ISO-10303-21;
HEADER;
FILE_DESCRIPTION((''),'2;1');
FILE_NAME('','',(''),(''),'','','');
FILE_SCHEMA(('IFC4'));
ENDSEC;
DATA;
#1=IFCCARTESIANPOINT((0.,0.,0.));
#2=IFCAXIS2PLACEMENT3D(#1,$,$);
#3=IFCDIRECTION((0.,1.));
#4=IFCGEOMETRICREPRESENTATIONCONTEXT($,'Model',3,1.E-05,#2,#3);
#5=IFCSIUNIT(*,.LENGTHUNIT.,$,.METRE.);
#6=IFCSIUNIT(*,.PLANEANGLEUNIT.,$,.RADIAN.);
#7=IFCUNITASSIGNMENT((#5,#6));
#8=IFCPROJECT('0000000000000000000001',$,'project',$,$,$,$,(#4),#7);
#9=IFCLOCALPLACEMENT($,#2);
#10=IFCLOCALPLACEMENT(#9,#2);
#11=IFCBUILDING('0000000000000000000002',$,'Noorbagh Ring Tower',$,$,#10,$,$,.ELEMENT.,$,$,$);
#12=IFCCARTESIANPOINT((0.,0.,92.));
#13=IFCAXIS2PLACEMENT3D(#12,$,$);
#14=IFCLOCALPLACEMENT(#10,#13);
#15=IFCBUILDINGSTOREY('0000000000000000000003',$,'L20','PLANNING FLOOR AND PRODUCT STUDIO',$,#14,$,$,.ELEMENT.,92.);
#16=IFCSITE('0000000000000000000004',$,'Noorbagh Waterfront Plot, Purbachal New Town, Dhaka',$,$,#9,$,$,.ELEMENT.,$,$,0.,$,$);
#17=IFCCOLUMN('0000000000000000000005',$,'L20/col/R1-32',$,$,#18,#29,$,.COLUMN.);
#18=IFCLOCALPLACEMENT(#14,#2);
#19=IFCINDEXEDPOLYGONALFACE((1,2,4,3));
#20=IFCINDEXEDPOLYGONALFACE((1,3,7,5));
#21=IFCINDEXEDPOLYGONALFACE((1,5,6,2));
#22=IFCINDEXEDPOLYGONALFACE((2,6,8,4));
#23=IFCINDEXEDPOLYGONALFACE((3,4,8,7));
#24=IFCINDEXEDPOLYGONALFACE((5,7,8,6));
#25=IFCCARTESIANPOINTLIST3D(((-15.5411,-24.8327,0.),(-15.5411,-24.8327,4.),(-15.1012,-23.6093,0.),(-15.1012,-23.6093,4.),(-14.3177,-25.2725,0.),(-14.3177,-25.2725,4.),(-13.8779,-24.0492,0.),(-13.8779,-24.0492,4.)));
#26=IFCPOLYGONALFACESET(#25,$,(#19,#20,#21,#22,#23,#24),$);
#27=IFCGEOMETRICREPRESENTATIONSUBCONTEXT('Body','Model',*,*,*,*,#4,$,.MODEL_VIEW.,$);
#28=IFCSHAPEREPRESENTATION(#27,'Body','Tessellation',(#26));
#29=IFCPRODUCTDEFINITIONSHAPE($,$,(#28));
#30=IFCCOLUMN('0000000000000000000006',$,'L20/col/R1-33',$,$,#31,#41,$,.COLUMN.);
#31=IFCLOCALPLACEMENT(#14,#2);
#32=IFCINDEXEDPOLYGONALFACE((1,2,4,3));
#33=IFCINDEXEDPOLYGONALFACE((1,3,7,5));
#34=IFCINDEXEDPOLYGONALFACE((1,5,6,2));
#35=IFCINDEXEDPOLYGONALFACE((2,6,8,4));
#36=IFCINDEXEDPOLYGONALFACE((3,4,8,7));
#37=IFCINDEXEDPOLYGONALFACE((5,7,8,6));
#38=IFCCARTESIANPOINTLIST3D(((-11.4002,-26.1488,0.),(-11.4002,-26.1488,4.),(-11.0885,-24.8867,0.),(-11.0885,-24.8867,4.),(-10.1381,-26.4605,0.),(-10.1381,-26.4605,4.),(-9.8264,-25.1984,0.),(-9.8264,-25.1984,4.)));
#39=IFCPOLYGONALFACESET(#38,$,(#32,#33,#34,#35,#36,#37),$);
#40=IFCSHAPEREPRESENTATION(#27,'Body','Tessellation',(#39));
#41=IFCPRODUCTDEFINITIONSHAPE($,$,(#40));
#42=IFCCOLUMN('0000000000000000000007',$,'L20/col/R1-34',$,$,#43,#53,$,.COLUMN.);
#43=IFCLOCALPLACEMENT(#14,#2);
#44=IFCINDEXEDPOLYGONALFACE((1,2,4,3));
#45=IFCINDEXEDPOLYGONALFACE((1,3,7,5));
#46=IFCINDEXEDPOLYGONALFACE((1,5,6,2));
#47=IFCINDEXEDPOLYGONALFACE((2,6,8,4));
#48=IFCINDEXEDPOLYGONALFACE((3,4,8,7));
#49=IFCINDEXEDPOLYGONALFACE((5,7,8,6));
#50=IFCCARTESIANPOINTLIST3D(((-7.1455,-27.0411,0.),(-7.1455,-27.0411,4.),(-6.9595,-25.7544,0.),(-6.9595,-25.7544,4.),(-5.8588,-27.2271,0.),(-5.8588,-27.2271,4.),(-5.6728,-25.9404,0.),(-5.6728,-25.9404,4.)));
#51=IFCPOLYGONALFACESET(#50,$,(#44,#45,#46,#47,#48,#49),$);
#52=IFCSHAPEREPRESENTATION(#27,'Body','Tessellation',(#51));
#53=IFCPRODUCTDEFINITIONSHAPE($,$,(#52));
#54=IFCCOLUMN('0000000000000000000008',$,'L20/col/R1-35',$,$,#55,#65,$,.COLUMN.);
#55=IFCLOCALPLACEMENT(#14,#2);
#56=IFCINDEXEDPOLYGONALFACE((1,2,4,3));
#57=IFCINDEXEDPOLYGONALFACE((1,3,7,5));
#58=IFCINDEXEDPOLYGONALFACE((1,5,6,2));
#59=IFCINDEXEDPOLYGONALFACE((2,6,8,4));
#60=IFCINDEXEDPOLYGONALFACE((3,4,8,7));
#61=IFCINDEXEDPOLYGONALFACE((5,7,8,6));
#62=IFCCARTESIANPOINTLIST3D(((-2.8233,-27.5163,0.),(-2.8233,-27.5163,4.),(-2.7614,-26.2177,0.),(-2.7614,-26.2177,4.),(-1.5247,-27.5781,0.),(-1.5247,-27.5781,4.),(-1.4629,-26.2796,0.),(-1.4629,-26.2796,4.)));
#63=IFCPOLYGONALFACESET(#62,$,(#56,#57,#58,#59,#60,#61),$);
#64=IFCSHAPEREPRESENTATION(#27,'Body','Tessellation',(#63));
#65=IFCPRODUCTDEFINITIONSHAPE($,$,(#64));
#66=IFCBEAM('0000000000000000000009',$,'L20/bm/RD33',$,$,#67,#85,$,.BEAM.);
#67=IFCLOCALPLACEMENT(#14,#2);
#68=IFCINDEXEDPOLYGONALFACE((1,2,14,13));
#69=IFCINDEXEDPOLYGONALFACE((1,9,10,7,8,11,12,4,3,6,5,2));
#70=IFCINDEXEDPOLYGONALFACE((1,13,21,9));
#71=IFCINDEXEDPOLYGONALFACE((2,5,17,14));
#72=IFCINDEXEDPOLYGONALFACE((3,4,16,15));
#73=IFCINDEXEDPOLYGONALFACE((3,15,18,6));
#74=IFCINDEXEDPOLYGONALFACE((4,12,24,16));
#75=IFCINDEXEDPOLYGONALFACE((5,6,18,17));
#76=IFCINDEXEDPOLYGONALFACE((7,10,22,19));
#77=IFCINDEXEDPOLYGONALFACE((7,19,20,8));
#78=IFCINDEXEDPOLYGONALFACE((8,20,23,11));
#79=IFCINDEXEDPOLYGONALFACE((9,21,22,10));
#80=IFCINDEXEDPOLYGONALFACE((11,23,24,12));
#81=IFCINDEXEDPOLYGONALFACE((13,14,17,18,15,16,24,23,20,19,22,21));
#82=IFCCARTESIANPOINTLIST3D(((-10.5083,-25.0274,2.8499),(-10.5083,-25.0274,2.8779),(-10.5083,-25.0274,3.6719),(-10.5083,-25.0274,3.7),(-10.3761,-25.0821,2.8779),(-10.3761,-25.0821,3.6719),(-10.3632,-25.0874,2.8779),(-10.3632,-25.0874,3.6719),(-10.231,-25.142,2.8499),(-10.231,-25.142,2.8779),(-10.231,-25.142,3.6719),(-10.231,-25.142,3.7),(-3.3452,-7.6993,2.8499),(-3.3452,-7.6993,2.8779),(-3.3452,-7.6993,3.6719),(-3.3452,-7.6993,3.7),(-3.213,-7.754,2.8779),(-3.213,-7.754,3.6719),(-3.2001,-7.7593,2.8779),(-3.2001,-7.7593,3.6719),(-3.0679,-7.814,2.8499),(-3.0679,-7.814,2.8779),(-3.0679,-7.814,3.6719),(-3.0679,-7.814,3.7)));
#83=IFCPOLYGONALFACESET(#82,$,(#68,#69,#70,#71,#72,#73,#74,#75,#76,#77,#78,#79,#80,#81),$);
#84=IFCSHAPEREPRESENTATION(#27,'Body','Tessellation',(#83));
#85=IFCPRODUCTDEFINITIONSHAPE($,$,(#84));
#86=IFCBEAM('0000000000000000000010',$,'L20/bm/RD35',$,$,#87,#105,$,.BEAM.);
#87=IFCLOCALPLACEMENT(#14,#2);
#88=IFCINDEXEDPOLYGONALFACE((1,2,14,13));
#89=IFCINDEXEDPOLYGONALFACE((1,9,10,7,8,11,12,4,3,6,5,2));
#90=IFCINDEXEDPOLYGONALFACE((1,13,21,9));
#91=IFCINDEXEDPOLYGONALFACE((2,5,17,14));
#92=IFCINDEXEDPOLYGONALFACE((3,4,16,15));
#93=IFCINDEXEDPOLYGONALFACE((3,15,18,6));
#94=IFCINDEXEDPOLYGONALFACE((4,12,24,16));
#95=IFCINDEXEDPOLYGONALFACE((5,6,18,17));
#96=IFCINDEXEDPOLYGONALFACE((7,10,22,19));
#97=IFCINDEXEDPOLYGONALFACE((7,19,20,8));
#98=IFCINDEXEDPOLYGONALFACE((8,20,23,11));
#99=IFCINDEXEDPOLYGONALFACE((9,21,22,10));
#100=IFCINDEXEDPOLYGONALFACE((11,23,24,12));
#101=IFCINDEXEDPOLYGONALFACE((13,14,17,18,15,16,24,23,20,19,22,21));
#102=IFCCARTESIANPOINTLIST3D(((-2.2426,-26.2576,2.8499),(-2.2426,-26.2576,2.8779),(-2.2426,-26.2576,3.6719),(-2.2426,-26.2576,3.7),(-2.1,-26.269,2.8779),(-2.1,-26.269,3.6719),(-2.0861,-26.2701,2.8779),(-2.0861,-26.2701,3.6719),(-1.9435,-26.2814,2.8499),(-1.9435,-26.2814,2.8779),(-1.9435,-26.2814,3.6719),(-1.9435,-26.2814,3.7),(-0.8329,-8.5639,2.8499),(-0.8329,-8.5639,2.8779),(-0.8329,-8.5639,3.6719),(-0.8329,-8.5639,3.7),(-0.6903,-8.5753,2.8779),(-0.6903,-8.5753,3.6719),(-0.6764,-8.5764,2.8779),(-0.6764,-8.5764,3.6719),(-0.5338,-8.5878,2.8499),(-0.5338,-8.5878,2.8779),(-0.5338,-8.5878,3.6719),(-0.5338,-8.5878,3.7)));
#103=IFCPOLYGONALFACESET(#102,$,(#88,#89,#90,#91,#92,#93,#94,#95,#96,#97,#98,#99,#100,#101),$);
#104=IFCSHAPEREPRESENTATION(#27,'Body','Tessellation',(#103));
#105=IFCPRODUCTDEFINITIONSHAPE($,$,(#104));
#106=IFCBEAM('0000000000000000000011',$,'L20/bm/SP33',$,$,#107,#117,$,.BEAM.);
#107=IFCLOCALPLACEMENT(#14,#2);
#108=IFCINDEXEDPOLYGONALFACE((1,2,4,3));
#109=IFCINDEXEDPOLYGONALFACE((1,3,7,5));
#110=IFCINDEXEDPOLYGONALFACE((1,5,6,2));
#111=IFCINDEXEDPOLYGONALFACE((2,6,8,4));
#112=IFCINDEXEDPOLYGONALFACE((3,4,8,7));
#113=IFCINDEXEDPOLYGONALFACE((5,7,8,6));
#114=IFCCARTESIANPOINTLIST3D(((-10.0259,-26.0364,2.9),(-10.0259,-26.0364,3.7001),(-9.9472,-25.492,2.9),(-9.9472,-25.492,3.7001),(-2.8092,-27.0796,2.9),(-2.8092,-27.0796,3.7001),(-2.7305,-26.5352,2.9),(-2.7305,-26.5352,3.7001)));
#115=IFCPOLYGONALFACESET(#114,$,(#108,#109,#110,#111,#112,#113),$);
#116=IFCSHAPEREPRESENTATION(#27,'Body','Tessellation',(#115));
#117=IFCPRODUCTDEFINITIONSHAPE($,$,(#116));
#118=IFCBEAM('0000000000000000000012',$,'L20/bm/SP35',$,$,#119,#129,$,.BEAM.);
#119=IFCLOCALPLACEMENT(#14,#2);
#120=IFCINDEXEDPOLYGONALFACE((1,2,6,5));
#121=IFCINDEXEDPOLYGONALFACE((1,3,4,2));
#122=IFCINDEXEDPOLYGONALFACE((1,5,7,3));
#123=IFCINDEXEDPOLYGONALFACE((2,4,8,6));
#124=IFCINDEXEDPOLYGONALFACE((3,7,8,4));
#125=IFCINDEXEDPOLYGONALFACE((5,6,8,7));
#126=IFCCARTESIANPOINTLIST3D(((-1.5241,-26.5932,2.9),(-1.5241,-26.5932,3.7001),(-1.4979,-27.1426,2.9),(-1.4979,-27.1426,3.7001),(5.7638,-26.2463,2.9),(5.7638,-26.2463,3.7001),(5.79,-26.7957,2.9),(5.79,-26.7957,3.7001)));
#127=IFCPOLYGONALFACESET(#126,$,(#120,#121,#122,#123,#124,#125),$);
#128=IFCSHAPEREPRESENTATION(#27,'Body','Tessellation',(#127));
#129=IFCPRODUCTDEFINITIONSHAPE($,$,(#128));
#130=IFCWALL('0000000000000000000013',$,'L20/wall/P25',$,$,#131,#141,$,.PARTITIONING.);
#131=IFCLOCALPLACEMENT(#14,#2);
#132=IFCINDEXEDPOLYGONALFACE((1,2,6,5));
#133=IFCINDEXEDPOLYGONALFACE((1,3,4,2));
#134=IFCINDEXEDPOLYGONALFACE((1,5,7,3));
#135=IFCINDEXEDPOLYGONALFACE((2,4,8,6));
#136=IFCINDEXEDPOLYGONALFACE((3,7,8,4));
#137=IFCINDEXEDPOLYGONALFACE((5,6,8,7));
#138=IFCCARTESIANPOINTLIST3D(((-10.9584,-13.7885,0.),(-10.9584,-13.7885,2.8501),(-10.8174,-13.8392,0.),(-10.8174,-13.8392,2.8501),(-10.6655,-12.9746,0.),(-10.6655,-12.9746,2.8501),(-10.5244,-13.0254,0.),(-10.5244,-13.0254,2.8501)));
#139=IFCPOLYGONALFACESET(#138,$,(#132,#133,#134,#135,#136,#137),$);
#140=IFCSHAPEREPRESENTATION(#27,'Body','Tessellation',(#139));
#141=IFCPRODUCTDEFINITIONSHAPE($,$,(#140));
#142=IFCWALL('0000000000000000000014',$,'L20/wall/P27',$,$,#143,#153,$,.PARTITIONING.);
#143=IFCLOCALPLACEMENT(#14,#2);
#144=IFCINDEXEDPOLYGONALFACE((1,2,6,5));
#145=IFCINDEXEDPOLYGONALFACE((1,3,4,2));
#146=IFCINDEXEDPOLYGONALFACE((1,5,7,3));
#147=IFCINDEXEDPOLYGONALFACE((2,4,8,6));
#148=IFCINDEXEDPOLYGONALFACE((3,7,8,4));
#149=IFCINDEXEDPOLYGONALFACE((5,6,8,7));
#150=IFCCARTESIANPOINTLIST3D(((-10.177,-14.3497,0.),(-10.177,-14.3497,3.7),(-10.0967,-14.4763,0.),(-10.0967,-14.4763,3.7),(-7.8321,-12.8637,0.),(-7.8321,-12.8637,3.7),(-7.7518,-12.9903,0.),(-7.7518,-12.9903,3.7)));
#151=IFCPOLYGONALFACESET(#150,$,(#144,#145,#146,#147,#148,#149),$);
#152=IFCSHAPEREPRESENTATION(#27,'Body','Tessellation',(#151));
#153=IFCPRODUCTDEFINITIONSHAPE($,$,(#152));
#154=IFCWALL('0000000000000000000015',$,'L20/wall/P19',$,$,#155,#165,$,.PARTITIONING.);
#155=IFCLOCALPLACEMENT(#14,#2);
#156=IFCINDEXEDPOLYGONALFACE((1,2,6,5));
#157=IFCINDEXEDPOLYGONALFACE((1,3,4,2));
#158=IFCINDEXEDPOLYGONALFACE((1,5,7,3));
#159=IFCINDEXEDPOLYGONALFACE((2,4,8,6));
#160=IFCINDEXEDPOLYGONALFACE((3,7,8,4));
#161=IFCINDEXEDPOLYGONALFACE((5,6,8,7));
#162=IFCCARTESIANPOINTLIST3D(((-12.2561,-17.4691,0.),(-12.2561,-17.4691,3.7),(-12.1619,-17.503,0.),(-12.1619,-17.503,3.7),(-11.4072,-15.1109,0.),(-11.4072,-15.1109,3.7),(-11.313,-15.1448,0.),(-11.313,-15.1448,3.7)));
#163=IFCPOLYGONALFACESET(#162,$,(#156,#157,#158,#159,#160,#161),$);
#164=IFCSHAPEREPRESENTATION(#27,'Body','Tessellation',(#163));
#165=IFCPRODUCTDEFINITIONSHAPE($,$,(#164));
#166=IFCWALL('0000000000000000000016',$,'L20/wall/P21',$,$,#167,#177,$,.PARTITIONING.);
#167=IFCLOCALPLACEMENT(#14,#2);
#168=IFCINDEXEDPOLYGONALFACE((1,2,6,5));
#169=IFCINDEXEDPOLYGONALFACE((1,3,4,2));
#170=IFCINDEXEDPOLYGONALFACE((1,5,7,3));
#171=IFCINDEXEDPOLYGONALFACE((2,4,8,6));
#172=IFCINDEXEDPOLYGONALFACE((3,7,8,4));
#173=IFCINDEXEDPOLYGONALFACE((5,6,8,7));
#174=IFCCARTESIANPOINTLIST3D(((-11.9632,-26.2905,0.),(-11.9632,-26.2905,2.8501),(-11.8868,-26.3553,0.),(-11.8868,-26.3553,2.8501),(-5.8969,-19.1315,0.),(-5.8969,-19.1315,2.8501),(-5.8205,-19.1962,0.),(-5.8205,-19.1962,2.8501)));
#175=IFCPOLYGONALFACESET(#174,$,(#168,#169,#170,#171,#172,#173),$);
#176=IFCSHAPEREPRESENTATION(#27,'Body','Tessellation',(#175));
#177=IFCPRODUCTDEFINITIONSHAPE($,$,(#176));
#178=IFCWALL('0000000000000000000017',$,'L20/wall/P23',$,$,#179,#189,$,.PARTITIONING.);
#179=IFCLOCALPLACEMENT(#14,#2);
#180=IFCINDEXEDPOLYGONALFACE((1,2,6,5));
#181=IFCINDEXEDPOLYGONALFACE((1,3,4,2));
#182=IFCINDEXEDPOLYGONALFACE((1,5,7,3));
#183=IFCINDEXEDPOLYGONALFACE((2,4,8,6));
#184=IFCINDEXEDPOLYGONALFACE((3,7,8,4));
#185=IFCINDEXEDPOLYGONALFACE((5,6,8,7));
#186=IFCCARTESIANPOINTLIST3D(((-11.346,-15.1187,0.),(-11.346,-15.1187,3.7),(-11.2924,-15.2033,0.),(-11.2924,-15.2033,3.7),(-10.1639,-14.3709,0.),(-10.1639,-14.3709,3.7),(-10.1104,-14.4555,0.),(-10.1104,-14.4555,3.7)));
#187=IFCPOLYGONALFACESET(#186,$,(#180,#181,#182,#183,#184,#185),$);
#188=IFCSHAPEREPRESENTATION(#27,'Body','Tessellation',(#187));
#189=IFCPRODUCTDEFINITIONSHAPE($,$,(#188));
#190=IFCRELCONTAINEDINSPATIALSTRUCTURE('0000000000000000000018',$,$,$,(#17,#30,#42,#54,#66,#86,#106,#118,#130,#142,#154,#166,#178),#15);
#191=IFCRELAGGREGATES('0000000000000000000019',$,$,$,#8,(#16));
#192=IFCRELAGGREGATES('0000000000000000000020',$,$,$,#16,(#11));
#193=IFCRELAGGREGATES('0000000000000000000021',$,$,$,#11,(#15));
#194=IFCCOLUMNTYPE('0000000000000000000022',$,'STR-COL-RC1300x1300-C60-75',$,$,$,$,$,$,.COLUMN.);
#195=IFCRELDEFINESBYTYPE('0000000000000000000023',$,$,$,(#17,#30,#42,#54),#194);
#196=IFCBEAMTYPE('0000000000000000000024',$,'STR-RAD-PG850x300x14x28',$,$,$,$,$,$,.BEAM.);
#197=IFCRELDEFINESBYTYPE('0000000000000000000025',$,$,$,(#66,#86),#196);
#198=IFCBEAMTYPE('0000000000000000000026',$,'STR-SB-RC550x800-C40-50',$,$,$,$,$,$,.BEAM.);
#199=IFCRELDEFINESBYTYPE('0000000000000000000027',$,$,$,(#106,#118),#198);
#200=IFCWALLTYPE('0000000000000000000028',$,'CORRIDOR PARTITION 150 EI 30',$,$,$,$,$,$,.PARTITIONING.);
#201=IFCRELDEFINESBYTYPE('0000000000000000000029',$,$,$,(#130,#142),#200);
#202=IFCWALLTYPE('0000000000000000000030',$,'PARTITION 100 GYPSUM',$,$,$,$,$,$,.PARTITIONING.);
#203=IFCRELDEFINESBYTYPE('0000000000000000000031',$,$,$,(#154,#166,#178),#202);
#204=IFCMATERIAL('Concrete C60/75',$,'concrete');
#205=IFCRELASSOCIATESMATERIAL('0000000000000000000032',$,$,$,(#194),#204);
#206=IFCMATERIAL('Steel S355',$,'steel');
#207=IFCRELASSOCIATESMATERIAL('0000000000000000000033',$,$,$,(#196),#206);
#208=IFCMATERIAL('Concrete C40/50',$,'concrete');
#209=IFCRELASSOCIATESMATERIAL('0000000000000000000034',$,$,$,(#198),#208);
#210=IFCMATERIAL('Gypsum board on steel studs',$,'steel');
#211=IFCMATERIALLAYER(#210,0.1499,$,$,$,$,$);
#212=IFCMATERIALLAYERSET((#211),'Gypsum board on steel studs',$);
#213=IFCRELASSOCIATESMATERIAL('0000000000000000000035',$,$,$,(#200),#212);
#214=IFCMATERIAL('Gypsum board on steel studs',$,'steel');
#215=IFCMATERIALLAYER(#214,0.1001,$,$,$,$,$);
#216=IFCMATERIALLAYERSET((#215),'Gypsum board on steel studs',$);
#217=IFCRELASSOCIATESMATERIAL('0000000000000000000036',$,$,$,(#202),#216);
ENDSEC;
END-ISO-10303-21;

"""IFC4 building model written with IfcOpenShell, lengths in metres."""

from ifc_helpers import new_model, si_unit, direction, frame, frame_2d, origin, origin_2d, place, context, subcontext, project, spatial, rectangle, i_section, extrude, material, layer, layer_set, material_profile, profile_set, type_object, element, save


model = new_model("IFC4")

# Units and contexts
model_context = context("Model", 3, precision=1e-05, world=origin(), true_north=direction((0.0, 1.0)))
body_context = subcontext(model_context, "Body", "Model", "MODEL_VIEW")
ifc_project = project(units=[si_unit("LENGTHUNIT", "METRE"), si_unit("PLANEANGLEUNIT", "RADIAN")], contexts=[model_context])

# Site, building, storey
site_placement = place(None, origin())
site = spatial("IfcSite", under=ifc_project, at=site_placement, Name="Noorbagh Waterfront Plot, Purbachal New Town, Dhaka", CompositionType="ELEMENT", RefElevation=0.0)
building_placement = place(site_placement, origin())
building = spatial("IfcBuilding", under=site, at=building_placement, Name="Noorbagh Ring Tower", CompositionType="ELEMENT")
storey_placement = place(building_placement, frame((0.0, 0.0, 92.0)))
storey = spatial("IfcBuildingStorey", under=building, at=storey_placement, Name="L20", Description="PLANNING FLOOR AND PRODUCT STUDIO", CompositionType="ELEMENT", Elevation=92.0)

# Columns
ifc_material_1 = material(Name="Concrete C60/75", Category="concrete")
ifc_material_profile_1 = material_profile(ifc_material_1, rectangle(XDim=1.3, YDim=1.3, at=origin_2d()), Name="RC1300x1300")
ifc_profile_set_1 = profile_set([ifc_material_profile_1], Name="Concrete C60/75")
column_type = type_object("IfcColumnType", Name="STR-COL-RC1300x1300-C60-75", PredefinedType="COLUMN", material=ifc_profile_set_1)
for number, where, z_axis, x_axis, name in (
    (1, (-14.7095, -24.4409, 0.0), (0.0, 0.0, 1.0), (0.941025, -0.338338, 0.0), "L20/col/R1-32"),
    (2, (-10.6133, -25.6736, 0.0), (0.0, 0.0, 1.0), (0.970829, -0.239771, 0.0), "L20/col/R1-33"),
    (3, (-6.4092, -26.4907, 0.0), (0.0, 0.0, 1.0), (0.989713, -0.143066, 0.0), "L20/col/R1-34"),
    (4, (-2.1431, -26.8979, 0.0), (0.0, 0.0, 1.0), (0.998869, -0.047553, 0.0), "L20/col/R1-35"),
):
    element("IfcColumn", number, at=place(storey_placement, frame(where, z_axis=z_axis, x_axis=x_axis)), inside=storey, type_object=column_type, Name=name, PredefinedType="COLUMN", context=body_context, shape_type="SweptSolid", body=[
        extrude(rectangle(XDim=1.3, YDim=1.3, at=origin_2d()), origin(), (0.0, 0.0, 1.0), 4.0),
    ])

# Beams
ifc_material_2 = material(Name="Steel S355", Category="steel")
ifc_material_profile_2 = material_profile(ifc_material_2, i_section(OverallWidth=0.3, OverallDepth=0.8501, WebThickness=0.0139, FlangeThickness=0.0281, at=origin_2d()), Name="PG850x300x14x28")
ifc_profile_set_2 = profile_set([ifc_material_profile_2], Name="Steel S355")
beam_type_1 = type_object("IfcBeamType", Name="STR-RAD-PG850x300x14x28", PredefinedType="BEAM", material=ifc_profile_set_2)
beam_1_placement = place(storey_placement, frame((-10.3696, -25.0847, 3.2749), z_axis=(0.382025, 0.924152, 0.0), x_axis=(-0.924152, 0.382025, 0.0)))
element("IfcBeam", 5, at=beam_1_placement, inside=storey, type_object=beam_type_1, Name="L20/bm/RD33", PredefinedType="BEAM", context=body_context, shape_type="SweptSolid", body=[
    extrude(i_section(OverallWidth=0.3, OverallDepth=0.8501, WebThickness=0.0139, FlangeThickness=0.0281, at=origin_2d()), origin(), (0.0, 0.0, 1.0), 18.7502),
])
beam_2_placement = place(storey_placement, frame((-2.093, -26.2695, 3.2749), z_axis=(0.079419, 0.996841, 0.0), x_axis=(-0.996841, 0.079419, 0.0)))
element("IfcBeam", 6, at=beam_2_placement, inside=storey, type_object=beam_type_1, Name="L20/bm/RD35", PredefinedType="BEAM", context=body_context, shape_type="SweptSolid", body=[
    extrude(i_section(OverallWidth=0.3, OverallDepth=0.8501, WebThickness=0.0139, FlangeThickness=0.0281, at=origin_2d()), origin(), (0.0, 0.0, 1.0), 17.7498),
])
ifc_material_3 = material(Name="Concrete C40/50", Category="concrete")
ifc_material_profile_3 = material_profile(ifc_material_3, rectangle(XDim=0.55, YDim=0.8, at=origin_2d()), Name="RC550x800")
ifc_profile_set_3 = profile_set([ifc_material_profile_3], Name="Concrete C40/50")
beam_type_2 = type_object("IfcBeamType", Name="STR-SB-RC550x800-C40-50", PredefinedType="BEAM", material=ifc_profile_set_3)
beam_3_placement = place(storey_placement, frame((-9.9866, -25.7642, 3.3), z_axis=(0.989713, -0.143066, 0.0), x_axis=(0.143066, 0.989713, 0.0)))
element("IfcBeam", 7, at=beam_3_placement, inside=storey, type_object=beam_type_2, Name="L20/bm/SP33", PredefinedType="BEAM", context=body_context, shape_type="SweptSolid", body=[
    extrude(rectangle(XDim=0.55, YDim=0.8, at=origin_2d()), origin(), (0.0, 0.0, 1.0), 7.2917),
])
beam_4_placement = place(storey_placement, frame((-1.511, -26.8679, 3.3), z_axis=(0.998869, 0.047549, 0.0), x_axis=(-0.047549, 0.998869, 0.0)))
element("IfcBeam", 8, at=beam_4_placement, inside=storey, type_object=beam_type_2, Name="L20/bm/SP35", PredefinedType="BEAM", context=body_context, shape_type="SweptSolid", body=[
    extrude(rectangle(XDim=0.55, YDim=0.8, at=origin_2d()), origin(), (0.0, 0.0, 1.0), 7.2961),
])

# Walls
ifc_material_4 = material(Name="Gypsum board on steel studs", Category="steel")
ifc_layer_1 = layer(ifc_material_4, 0.1499)
ifc_layer_set_1 = layer_set([ifc_layer_1], Name="Gypsum board on steel studs")
wall_type_1 = type_object("IfcWallType", Name="CORRIDOR PARTITION 150 EI 30", PredefinedType="PARTITIONING", material=ifc_layer_set_1)
wall_1_placement = place(storey_placement, frame((-10.8879, -13.814, 0.0), z_axis=(0.0, 0.0, 1.0), x_axis=(0.33866, 0.940909, 0.0)))
element("IfcWall", 9, at=wall_1_placement, inside=storey, type_object=wall_type_1, Name="L20/wall/P25", PredefinedType="PARTITIONING", context=body_context, shape_type="SweptSolid", body=[
    extrude(rectangle(XDim=0.865, YDim=0.1499, at=frame_2d((0.4326, 0.0))), origin(), (0.0, 0.0, 1.0), 2.8501),
])
wall_2_placement = place(storey_placement, frame((-10.137, -14.4131, 0.0), z_axis=(0.0, 0.0, 1.0), x_axis=(0.844667, 0.535293, 0.0)))
element("IfcWall", 10, at=wall_2_placement, inside=storey, type_object=wall_type_1, Name="L20/wall/P27", PredefinedType="PARTITIONING", context=body_context, shape_type="SweptSolid", body=[
    extrude(rectangle(XDim=2.7761, YDim=0.1499, at=frame_2d((1.3882, 0.0))), origin(), (0.0, 0.0, 1.0), 3.7),
])
ifc_material_5 = material(Name="Gypsum board on steel studs", Category="steel")
ifc_layer_2 = layer(ifc_material_5, 0.1001)
ifc_layer_set_2 = layer_set([ifc_layer_2], Name="Gypsum board on steel studs")
wall_type_2 = type_object("IfcWallType", Name="PARTITION 100 GYPSUM", PredefinedType="PARTITIONING", material=ifc_layer_set_2)
wall_3_placement = place(storey_placement, frame((-12.209, -17.4861, 0.0), z_axis=(0.0, 0.0, 1.0), x_axis=(0.338699, 0.940895, 0.0)))
element("IfcWall", 11, at=wall_3_placement, inside=storey, type_object=wall_type_2, Name="L20/wall/P19", PredefinedType="PARTITIONING", context=body_context, shape_type="SweptSolid", body=[
    extrude(rectangle(XDim=2.5063, YDim=0.1001, at=frame_2d((1.2532, 0.0))), origin(), (0.0, 0.0, 1.0), 3.7),
])
wall_4_placement = place(storey_placement, frame((-11.925, -26.323, 0.0), z_axis=(0.0, 0.0, 1.0), x_axis=(0.646476, 0.762934, 0.0)))
element("IfcWall", 12, at=wall_4_placement, inside=storey, type_object=wall_type_2, Name="L20/wall/P21", PredefinedType="PARTITIONING", context=body_context, shape_type="SweptSolid", body=[
    extrude(rectangle(XDim=9.3835, YDim=0.1001, at=frame_2d((4.6919, 0.0))), origin(), (0.0, 0.0, 1.0), 2.8501),
])
wall_5_placement = place(storey_placement, frame((-11.3191, -15.1609, 0.0), z_axis=(0.0, 0.0, 1.0), x_axis=(0.845103, 0.534604, 0.0)))
element("IfcWall", 13, at=wall_5_placement, inside=storey, type_object=wall_type_2, Name="L20/wall/P23", PredefinedType="PARTITIONING", context=body_context, shape_type="SweptSolid", body=[
    extrude(rectangle(XDim=1.3987, YDim=0.1001, at=frame_2d((0.6992, 0.0))), origin(), (0.0, 0.0, 1.0), 3.7),
])

save(model, "model.ifc")
